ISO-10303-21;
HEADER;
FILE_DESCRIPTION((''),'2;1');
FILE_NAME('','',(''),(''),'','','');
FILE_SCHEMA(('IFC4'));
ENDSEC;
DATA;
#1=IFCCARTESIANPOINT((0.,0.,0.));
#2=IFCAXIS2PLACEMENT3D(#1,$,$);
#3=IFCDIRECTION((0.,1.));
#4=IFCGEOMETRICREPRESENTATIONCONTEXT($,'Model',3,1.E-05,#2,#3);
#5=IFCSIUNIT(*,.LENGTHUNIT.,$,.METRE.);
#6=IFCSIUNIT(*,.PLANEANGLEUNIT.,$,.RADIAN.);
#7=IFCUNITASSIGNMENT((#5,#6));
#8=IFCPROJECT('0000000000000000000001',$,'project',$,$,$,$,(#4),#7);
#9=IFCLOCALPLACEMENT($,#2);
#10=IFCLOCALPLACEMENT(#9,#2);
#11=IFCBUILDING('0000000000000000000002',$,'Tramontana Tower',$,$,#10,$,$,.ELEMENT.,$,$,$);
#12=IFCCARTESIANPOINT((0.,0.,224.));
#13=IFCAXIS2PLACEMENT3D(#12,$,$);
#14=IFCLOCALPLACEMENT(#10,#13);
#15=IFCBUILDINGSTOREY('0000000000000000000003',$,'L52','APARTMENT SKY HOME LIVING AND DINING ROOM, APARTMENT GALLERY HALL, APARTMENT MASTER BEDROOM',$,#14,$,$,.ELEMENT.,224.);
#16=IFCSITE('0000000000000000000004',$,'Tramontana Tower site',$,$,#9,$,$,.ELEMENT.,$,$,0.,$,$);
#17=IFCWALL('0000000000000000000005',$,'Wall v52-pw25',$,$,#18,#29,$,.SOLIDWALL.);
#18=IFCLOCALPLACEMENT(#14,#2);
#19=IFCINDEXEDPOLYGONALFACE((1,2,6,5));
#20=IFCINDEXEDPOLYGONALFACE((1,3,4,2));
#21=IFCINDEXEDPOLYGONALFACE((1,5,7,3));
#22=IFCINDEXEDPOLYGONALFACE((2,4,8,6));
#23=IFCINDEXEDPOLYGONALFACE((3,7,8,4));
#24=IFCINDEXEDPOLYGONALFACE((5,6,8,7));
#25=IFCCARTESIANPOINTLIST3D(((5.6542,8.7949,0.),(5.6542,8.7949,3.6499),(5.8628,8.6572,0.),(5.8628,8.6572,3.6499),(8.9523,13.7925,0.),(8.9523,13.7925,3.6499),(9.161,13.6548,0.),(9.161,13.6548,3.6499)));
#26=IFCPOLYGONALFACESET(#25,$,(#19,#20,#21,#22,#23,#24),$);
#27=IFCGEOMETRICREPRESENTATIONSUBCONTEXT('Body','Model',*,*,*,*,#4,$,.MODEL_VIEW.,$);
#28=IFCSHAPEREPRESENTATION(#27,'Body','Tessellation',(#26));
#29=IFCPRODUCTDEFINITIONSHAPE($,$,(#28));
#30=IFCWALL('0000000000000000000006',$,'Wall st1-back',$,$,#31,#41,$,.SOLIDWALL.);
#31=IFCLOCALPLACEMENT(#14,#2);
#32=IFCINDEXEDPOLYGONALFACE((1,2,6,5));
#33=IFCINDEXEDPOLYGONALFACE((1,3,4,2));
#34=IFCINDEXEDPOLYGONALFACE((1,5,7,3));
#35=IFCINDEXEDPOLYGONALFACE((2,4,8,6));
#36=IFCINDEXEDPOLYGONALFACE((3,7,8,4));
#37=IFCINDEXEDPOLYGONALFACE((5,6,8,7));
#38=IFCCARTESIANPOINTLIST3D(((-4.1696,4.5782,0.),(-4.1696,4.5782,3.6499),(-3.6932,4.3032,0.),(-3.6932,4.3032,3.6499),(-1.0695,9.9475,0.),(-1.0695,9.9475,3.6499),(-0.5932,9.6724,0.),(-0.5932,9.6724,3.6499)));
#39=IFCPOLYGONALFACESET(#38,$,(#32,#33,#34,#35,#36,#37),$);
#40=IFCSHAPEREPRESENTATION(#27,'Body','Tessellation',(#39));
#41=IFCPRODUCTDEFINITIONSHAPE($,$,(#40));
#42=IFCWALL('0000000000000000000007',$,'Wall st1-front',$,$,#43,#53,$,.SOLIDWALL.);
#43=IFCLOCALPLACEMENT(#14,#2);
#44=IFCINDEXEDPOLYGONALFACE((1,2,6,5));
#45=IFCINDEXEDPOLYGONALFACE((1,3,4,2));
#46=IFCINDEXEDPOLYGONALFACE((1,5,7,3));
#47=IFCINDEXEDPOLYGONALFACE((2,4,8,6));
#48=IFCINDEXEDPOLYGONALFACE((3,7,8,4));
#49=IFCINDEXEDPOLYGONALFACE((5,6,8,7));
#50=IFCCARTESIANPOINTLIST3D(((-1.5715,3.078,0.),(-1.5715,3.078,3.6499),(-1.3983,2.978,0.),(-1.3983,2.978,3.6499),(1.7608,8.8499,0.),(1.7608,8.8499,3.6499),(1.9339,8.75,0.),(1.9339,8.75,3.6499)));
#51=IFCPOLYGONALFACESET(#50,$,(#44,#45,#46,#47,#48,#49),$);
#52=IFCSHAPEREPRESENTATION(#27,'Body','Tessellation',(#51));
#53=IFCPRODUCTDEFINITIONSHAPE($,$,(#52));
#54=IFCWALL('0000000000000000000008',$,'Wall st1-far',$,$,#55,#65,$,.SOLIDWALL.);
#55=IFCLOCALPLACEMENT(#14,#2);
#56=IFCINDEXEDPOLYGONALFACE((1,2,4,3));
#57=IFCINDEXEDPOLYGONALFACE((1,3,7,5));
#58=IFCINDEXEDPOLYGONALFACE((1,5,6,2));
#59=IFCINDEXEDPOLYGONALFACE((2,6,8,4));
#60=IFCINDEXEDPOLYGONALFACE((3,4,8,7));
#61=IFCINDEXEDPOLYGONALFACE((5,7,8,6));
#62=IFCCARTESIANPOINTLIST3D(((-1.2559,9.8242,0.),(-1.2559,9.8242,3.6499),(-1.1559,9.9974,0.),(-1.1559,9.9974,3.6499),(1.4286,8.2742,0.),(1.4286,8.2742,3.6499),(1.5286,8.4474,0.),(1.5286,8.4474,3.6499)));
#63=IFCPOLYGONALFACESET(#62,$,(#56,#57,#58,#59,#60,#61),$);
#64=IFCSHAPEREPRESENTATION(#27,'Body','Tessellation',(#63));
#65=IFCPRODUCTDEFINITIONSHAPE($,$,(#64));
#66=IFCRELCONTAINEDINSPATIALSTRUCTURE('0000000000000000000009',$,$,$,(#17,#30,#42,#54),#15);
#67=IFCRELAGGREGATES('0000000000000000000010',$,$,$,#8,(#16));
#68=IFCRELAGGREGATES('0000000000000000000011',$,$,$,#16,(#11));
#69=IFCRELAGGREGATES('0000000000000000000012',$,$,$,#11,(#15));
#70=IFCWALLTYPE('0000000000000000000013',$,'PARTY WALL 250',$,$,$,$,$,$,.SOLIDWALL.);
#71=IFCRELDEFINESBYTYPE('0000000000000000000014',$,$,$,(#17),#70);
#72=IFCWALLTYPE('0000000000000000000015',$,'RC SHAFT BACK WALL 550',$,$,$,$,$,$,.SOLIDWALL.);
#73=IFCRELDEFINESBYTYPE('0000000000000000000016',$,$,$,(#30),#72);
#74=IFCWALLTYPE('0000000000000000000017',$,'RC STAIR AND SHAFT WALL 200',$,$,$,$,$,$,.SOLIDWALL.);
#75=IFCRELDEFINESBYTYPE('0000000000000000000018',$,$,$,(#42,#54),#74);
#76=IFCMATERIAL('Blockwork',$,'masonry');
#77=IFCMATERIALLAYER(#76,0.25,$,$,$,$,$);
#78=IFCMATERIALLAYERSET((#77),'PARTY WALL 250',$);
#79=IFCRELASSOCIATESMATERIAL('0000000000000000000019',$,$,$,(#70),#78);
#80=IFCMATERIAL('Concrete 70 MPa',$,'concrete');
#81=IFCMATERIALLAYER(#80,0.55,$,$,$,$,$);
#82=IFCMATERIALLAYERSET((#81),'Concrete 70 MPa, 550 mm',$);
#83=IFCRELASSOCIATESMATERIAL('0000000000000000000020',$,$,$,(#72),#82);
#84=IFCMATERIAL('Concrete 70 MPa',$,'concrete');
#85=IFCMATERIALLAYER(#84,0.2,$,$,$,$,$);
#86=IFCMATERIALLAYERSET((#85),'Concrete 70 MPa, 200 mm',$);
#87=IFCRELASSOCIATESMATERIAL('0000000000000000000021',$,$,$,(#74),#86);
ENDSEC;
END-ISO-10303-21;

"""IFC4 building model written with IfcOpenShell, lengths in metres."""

from ifc_helpers import new_model, si_unit, direction, frame, frame_2d, origin, place, context, subcontext, project, spatial, rectangle, extrude, material, layer, layer_set, type_object, element, save


model = new_model("IFC4")

# Units and contexts
model_context = context("Model", 3, precision=1e-05, world=origin(), true_north=direction((0.0, 1.0)))
body_context = subcontext(model_context, "Body", "Model", "MODEL_VIEW")
ifc_project = project(units=[si_unit("LENGTHUNIT", "METRE"), si_unit("PLANEANGLEUNIT", "RADIAN")], contexts=[model_context])

# Site, building, storey
site_placement = place(None, origin())
site = spatial("IfcSite", under=ifc_project, at=site_placement, Name="Tramontana Tower site", CompositionType="ELEMENT", RefElevation=0.0)
building_placement = place(site_placement, origin())
building = spatial("IfcBuilding", under=site, at=building_placement, Name="Tramontana Tower", CompositionType="ELEMENT")
storey_placement = place(building_placement, frame((0.0, 0.0, 224.0)))
storey = spatial("IfcBuildingStorey", under=building, at=storey_placement, Name="L52", Description="APARTMENT SKY HOME LIVING AND DINING ROOM, APARTMENT GALLERY HALL, APARTMENT MASTER BEDROOM", CompositionType="ELEMENT", Elevation=224.0)

# Walls
ifc_material_1 = material(Name="Blockwork", Category="masonry")
ifc_layer_1 = layer(ifc_material_1, 0.25)
ifc_layer_set_1 = layer_set([ifc_layer_1], Name="PARTY WALL 250")
wall_type_1 = type_object("IfcWallType", Name="PARTY WALL 250", PredefinedType="SOLIDWALL", material=ifc_layer_set_1)
wall_1_placement = place(storey_placement, frame((9.0566, 13.7236, 0.0), z_axis=(0.0, 0.0, 1.0), x_axis=(-0.550808, -0.834632, 0.0)))
element("IfcWall", 1, at=wall_1_placement, inside=storey, type_object=wall_type_1, Name="Wall v52-pw25", PredefinedType="SOLIDWALL", context=body_context, shape_type="SweptSolid", body=[
    extrude(rectangle(XDim=5.9878, YDim=0.25, at=frame_2d((2.9939, 0.0))), origin(), (0.0, 0.0, 1.0), 3.6499),
])
ifc_material_2 = material(Name="Concrete 70 MPa", Category="concrete")
ifc_layer_2 = layer(ifc_material_2, 0.55)
ifc_layer_set_2 = layer_set([ifc_layer_2], Name="Concrete 70 MPa, 550 mm")
wall_type_2 = type_object("IfcWallType", Name="RC SHAFT BACK WALL 550", PredefinedType="SOLIDWALL", material=ifc_layer_set_2)
wall_2_placement = place(storey_placement, frame((-0.8313, 9.8101, 0.0), z_axis=(0.0, 0.0, 1.0), x_axis=(-0.50001, -0.86602, 0.0)))
element("IfcWall", 2, at=wall_2_placement, inside=storey, type_object=wall_type_2, Name="Wall st1-back", PredefinedType="SOLIDWALL", context=body_context, shape_type="SweptSolid", body=[
    extrude(rectangle(XDim=6.2, YDim=0.55, at=frame_2d((3.1001, 0.0))), origin(), (0.0, 0.0, 1.0), 3.6499),
])
ifc_material_3 = material(Name="Concrete 70 MPa", Category="concrete")
ifc_layer_3 = layer(ifc_material_3, 0.2)
ifc_layer_set_3 = layer_set([ifc_layer_3], Name="Concrete 70 MPa, 200 mm")
wall_type_3 = type_object("IfcWallType", Name="RC STAIR AND SHAFT WALL 200", PredefinedType="SOLIDWALL", material=ifc_layer_set_3)
wall_3_placement = place(storey_placement, frame((1.8474, 8.8, 0.0), z_axis=(0.0, 0.0, 1.0), x_axis=(-0.49998, -0.866037, 0.0)))
element("IfcWall", 3, at=wall_3_placement, inside=storey, type_object=wall_type_3, Name="Wall st1-front", PredefinedType="SOLIDWALL", context=body_context, shape_type="SweptSolid", body=[
    extrude(rectangle(XDim=6.6648, YDim=0.2, at=frame_2d((3.3325, 0.0))), origin(), (0.0, 0.0, 1.0), 3.6499),
])
wall_4_placement = place(storey_placement, frame((1.4785, 8.3608, 0.0), z_axis=(0.0, 0.0, 1.0), x_axis=(-0.86601, 0.500027, 0.0)))
element("IfcWall", 4, at=wall_4_placement, inside=storey, type_object=wall_type_3, Name="Wall st1-far", PredefinedType="SOLIDWALL", context=body_context, shape_type="SweptSolid", body=[
    extrude(rectangle(XDim=3.0999, YDim=0.2, at=frame_2d((1.5498, 0.0))), origin(), (0.0, 0.0, 1.0), 3.6499),
])

save(model, "model.ifc")
